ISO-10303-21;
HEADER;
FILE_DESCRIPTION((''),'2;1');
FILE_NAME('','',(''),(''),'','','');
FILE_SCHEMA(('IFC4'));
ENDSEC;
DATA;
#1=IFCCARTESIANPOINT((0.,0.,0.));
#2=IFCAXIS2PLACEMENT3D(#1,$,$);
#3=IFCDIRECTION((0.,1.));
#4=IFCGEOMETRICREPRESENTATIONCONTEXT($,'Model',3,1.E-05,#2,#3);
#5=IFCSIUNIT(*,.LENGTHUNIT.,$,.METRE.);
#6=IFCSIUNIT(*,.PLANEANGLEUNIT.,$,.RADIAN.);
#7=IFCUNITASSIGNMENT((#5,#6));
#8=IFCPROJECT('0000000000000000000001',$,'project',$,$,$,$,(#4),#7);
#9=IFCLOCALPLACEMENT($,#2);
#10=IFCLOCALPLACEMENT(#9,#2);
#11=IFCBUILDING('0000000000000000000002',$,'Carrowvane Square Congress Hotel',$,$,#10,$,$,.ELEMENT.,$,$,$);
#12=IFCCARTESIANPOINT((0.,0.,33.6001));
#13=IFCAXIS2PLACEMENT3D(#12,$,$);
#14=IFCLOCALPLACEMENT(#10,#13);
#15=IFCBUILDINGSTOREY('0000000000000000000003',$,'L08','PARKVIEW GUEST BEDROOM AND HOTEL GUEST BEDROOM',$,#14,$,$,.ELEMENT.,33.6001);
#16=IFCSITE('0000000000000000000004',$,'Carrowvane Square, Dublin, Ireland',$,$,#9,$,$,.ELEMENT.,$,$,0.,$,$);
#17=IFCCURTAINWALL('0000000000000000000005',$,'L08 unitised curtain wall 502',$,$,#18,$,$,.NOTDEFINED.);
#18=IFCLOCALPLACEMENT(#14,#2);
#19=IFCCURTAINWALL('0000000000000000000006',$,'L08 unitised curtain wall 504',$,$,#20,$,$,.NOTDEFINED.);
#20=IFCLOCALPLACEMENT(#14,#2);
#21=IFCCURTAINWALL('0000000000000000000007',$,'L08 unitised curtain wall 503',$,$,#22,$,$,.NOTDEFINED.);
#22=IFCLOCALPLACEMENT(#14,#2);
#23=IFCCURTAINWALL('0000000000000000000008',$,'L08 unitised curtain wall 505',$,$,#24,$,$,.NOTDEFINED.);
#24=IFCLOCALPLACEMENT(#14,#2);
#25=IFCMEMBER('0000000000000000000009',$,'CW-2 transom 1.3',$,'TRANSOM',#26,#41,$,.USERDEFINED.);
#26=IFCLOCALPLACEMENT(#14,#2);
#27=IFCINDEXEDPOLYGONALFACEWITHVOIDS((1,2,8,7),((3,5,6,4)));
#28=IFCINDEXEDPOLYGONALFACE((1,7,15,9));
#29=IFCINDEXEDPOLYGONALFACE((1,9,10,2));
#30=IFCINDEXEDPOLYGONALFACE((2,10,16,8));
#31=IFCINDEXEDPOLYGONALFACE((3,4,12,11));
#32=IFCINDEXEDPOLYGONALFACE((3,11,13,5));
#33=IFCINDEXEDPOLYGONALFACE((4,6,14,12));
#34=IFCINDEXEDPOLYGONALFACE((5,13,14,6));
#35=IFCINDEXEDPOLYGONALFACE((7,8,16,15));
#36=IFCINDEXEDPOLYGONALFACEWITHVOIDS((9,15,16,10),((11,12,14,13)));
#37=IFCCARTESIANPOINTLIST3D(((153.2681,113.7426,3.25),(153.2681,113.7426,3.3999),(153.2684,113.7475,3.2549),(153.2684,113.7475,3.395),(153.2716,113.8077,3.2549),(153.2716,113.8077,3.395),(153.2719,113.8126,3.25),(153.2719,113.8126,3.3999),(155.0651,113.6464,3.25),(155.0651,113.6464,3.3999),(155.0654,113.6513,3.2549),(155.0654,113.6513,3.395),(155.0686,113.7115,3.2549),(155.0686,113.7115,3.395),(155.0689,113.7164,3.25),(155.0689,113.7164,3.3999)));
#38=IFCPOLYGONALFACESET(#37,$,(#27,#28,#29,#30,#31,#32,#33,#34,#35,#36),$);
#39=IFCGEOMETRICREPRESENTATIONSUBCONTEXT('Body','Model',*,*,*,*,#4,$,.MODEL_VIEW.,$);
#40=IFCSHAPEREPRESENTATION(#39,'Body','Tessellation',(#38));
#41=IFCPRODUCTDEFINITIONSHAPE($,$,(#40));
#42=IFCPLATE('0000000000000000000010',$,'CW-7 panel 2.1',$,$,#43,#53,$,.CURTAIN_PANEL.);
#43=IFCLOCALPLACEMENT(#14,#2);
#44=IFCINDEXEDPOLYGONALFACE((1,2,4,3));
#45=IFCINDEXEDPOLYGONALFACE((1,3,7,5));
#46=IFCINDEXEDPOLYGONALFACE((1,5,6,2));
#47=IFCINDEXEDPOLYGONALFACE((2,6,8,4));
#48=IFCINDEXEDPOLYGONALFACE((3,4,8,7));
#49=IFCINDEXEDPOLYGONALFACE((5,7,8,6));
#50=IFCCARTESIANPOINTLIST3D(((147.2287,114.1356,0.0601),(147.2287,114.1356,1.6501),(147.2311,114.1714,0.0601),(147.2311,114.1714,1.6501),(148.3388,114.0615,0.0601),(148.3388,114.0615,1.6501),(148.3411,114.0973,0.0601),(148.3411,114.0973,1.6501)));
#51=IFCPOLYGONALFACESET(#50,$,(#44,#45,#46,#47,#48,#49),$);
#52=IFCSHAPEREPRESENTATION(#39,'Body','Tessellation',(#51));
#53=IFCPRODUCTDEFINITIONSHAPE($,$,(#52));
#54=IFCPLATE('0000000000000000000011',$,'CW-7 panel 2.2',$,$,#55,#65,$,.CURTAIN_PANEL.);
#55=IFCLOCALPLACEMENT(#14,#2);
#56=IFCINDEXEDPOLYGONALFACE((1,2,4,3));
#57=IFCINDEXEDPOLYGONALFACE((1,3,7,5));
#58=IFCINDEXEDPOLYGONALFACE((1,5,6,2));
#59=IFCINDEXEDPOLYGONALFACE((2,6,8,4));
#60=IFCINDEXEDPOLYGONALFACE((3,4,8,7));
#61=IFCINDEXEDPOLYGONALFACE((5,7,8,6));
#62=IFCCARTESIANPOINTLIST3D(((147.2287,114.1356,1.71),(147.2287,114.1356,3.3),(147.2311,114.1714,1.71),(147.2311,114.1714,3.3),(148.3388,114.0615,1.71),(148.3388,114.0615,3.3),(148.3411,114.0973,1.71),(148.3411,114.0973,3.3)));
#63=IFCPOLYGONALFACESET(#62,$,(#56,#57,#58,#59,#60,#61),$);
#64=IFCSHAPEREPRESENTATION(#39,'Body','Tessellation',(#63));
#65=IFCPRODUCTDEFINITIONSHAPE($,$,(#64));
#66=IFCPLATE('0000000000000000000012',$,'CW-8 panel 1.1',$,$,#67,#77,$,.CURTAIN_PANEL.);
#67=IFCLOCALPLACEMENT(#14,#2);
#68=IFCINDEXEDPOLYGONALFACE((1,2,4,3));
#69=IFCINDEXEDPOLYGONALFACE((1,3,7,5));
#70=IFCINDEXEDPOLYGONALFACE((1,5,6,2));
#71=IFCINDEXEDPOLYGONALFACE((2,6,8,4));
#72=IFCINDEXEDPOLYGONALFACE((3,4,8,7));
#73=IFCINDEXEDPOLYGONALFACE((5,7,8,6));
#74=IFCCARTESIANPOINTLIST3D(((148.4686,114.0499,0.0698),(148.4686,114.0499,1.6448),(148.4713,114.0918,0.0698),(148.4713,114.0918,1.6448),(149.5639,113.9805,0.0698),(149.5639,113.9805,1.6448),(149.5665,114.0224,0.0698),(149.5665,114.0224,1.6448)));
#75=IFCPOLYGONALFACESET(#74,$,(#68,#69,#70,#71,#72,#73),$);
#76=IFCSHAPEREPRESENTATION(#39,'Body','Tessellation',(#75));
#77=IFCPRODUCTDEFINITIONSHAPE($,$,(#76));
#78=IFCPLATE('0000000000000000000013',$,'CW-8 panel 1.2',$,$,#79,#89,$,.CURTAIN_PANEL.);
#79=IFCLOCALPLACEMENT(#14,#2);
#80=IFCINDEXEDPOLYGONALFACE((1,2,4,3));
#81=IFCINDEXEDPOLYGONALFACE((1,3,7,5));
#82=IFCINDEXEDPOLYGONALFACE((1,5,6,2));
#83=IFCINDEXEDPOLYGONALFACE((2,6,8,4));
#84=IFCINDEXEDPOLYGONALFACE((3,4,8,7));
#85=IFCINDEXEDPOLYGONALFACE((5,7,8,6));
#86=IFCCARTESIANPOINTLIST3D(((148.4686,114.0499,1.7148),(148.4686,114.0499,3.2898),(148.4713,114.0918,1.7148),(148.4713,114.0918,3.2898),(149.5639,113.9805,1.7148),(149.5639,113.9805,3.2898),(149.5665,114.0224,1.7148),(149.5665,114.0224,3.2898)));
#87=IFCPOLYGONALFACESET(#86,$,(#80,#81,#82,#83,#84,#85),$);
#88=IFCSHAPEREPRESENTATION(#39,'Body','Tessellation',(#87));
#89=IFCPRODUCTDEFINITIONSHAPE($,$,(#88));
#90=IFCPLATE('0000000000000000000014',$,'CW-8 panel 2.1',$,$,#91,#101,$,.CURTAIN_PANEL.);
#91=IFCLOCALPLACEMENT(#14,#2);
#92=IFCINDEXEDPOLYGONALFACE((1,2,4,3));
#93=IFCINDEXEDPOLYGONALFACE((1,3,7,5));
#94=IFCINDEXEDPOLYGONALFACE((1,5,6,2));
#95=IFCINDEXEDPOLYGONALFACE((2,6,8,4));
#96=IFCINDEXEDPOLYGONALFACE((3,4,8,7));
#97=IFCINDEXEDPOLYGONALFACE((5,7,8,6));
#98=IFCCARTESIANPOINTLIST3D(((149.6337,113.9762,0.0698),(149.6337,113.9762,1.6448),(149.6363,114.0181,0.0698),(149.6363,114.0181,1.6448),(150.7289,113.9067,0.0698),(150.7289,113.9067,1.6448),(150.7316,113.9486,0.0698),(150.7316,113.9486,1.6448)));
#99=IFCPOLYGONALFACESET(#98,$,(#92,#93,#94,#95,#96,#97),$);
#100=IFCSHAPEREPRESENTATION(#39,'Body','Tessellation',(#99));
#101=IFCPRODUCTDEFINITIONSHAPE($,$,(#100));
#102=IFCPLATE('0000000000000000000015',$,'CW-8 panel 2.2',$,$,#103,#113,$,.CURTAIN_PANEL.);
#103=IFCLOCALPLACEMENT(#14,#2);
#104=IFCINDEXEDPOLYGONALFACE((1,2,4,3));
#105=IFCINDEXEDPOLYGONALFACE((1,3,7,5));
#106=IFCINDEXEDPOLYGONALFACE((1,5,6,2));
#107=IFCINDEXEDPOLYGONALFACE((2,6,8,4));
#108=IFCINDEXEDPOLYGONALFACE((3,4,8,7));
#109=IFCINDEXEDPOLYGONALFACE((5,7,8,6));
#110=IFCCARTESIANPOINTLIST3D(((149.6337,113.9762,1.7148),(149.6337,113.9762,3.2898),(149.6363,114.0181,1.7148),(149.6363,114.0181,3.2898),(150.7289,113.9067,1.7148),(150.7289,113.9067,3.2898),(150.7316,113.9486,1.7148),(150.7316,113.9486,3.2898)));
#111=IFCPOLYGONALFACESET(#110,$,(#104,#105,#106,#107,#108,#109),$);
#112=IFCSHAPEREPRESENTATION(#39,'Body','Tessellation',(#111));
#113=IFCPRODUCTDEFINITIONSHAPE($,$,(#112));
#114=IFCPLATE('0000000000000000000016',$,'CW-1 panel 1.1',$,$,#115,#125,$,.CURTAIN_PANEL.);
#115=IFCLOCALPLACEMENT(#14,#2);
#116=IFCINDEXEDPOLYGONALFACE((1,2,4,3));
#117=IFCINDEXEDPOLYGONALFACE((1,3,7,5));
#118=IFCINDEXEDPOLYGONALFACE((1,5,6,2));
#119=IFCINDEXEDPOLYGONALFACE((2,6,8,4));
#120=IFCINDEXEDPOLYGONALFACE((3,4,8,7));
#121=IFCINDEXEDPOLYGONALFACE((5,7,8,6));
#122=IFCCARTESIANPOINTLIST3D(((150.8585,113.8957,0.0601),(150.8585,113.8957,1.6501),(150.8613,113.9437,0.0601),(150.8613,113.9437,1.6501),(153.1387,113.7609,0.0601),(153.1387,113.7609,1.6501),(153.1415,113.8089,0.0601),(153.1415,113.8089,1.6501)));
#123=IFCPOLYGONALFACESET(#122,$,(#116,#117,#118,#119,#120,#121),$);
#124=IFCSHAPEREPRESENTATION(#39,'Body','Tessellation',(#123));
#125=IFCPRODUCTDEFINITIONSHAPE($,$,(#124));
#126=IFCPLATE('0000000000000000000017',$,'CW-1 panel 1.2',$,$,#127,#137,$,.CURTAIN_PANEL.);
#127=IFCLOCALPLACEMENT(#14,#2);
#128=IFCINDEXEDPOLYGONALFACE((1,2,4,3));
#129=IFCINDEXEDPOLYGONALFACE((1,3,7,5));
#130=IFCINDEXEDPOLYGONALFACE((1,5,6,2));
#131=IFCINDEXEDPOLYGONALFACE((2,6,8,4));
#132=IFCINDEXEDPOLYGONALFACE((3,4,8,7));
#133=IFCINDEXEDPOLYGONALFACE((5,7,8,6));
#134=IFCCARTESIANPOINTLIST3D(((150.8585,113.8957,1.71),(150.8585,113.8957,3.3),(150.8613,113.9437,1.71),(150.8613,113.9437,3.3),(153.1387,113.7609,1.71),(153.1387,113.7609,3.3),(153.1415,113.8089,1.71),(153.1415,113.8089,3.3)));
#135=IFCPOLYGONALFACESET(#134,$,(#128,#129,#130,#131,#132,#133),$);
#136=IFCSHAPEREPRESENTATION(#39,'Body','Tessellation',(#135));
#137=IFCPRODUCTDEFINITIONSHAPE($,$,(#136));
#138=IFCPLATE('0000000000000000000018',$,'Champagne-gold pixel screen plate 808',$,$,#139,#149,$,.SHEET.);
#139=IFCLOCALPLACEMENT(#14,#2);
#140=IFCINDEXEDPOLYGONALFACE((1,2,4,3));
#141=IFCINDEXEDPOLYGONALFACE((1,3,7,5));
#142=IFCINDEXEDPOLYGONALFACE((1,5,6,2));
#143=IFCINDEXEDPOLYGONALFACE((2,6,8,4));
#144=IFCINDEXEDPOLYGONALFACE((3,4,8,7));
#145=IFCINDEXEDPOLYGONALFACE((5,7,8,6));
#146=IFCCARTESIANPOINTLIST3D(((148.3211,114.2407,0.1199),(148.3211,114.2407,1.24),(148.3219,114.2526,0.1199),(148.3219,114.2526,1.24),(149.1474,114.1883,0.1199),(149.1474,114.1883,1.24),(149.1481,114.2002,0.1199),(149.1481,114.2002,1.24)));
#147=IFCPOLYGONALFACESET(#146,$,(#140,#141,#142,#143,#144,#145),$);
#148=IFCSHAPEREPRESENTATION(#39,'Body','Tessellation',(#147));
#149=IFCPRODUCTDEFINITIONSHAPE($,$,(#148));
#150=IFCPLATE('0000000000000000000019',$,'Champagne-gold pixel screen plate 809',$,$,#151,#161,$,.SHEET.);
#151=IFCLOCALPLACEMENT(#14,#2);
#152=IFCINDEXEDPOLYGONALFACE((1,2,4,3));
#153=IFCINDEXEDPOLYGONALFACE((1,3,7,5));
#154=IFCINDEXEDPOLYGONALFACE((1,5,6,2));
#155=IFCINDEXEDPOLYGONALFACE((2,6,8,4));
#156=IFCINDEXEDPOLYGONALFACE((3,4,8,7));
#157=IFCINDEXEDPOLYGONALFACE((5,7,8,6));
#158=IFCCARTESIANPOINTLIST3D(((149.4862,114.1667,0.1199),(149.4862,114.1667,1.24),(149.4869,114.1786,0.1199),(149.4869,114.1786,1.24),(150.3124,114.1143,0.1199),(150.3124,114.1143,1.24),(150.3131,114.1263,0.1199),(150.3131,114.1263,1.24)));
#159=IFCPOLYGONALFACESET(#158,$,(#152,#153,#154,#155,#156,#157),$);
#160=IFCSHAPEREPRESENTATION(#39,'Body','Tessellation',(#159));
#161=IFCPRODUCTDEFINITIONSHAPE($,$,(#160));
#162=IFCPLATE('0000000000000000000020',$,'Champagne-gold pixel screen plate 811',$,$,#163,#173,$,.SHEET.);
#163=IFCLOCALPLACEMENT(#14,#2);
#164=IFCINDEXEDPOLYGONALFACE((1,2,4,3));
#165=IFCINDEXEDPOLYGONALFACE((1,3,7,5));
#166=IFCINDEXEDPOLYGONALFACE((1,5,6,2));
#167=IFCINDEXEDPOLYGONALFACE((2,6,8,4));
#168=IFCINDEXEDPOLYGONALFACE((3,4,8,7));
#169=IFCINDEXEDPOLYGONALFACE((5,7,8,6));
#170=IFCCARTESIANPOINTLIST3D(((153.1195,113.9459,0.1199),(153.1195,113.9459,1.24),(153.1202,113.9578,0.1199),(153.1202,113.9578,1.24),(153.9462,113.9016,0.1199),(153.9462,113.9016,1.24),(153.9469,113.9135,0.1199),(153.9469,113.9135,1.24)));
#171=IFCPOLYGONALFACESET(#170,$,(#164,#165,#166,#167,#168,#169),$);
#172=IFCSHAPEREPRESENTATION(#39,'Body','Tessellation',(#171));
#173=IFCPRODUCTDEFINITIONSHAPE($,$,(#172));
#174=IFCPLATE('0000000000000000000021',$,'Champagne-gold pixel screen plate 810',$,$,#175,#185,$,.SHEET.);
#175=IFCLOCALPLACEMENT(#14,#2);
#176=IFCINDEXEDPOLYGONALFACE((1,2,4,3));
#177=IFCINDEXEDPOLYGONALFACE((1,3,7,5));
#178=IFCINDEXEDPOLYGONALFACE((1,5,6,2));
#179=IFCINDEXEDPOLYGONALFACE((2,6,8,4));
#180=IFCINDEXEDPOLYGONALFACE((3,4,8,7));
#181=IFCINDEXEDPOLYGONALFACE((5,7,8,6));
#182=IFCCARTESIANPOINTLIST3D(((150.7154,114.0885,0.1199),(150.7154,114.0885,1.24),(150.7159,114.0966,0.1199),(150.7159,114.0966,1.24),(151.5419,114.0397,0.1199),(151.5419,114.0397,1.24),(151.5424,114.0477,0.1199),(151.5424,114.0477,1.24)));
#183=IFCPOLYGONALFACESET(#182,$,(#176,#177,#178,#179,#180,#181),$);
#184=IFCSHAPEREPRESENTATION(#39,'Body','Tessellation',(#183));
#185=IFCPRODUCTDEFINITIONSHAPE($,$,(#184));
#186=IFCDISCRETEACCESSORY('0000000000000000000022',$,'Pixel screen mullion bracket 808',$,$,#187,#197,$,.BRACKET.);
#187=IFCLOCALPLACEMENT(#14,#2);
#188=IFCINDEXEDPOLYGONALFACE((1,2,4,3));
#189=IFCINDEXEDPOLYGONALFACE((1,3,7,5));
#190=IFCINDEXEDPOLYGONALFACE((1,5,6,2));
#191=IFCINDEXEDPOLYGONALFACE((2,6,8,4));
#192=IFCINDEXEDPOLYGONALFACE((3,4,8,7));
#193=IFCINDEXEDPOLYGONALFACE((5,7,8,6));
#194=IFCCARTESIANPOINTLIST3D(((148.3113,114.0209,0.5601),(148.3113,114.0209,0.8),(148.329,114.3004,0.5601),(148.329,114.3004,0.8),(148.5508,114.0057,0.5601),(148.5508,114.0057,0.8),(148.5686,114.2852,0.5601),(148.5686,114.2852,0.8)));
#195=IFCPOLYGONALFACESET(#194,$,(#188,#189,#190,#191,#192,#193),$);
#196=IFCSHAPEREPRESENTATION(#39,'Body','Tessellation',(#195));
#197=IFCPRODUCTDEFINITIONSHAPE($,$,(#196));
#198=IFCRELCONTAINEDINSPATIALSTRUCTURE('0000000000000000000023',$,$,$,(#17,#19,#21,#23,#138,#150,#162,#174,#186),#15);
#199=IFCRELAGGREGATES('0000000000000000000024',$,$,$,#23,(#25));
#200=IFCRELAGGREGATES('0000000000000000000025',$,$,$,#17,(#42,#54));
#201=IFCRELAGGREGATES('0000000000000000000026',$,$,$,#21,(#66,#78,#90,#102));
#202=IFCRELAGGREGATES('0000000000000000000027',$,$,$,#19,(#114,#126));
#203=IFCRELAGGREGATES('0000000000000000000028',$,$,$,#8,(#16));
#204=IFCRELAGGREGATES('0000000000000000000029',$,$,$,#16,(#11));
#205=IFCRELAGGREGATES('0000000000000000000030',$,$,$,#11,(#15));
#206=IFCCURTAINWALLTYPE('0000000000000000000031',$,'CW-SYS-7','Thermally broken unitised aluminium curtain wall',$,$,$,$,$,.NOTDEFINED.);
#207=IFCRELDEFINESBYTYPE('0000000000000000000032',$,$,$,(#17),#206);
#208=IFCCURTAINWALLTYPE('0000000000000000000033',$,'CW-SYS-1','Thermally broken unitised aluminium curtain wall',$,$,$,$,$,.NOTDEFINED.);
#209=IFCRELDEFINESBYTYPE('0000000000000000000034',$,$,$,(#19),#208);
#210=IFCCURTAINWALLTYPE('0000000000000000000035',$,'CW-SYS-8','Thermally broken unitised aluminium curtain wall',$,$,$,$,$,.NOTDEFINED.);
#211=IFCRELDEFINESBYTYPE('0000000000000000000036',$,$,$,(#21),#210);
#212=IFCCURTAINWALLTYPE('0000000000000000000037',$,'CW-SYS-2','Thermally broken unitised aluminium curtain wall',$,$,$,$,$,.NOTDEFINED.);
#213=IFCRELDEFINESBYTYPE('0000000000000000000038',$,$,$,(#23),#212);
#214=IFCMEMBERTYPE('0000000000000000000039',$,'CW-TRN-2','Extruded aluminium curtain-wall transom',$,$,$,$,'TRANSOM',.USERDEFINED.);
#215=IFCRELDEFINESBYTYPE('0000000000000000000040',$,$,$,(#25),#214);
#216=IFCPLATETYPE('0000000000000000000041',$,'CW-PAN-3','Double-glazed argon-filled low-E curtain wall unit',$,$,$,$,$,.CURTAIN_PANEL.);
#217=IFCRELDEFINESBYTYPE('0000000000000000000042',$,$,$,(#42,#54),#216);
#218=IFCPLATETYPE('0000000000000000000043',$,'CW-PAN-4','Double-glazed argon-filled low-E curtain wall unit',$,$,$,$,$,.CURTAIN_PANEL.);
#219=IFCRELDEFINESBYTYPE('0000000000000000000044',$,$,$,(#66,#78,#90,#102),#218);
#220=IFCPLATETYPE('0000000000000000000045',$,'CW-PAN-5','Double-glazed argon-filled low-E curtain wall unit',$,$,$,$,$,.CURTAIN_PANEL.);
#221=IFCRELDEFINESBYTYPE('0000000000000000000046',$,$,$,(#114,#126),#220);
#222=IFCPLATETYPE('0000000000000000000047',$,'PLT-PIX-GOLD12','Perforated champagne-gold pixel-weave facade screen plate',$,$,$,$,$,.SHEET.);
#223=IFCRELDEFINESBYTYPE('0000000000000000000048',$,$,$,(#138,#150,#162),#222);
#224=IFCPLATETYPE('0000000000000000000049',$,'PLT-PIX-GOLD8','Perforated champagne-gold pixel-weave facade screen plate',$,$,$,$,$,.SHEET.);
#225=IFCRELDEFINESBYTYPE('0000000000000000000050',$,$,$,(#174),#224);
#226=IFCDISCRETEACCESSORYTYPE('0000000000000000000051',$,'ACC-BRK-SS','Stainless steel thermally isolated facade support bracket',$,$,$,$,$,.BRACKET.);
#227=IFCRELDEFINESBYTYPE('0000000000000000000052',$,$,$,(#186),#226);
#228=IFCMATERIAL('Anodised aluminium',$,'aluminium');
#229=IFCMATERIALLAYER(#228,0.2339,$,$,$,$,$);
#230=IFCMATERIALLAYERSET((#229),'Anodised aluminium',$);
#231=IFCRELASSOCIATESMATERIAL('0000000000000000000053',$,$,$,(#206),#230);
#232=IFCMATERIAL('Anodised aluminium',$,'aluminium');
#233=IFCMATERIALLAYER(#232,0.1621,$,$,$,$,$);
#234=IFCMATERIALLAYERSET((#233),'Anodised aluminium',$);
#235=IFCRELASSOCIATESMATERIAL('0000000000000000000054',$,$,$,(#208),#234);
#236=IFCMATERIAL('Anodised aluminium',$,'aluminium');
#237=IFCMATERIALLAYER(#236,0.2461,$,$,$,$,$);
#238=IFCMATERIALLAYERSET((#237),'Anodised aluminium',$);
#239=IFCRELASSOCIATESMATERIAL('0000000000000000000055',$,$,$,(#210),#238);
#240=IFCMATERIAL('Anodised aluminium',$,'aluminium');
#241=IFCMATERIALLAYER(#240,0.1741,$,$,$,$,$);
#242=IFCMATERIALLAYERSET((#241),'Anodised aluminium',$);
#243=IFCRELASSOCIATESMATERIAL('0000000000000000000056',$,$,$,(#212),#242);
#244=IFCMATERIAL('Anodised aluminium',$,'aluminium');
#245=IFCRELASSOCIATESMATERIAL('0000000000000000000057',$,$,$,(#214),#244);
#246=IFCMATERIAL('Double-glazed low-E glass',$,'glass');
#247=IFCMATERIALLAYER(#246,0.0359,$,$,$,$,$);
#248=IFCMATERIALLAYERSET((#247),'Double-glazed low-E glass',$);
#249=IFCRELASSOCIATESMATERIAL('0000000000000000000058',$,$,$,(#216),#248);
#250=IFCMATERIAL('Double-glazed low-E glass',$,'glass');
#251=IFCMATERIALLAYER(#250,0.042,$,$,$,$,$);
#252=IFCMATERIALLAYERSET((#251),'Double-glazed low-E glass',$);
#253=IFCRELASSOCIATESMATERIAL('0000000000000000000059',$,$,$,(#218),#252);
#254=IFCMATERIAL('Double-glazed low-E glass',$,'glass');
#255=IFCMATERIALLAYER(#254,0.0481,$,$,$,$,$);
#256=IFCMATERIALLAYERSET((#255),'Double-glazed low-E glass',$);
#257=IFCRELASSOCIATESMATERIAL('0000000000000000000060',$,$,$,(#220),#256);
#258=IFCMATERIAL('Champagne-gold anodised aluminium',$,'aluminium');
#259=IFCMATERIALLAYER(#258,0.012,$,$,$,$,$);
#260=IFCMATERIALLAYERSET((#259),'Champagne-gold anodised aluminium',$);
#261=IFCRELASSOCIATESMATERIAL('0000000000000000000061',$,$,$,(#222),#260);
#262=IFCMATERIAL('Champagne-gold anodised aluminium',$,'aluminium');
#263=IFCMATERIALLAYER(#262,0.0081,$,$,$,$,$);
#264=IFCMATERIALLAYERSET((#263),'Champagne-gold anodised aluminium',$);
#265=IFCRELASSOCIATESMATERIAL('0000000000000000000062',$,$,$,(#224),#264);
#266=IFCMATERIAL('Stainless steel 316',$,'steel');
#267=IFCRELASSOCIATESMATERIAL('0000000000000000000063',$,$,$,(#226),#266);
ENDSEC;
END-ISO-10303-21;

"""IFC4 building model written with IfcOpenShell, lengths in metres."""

from ifc_helpers import new_model, si_unit, direction, frame, origin, origin_2d, place, context, subcontext, project, spatial, rectangle, hollow_rectangle, extrude, material, layer, layer_set, material_profile, profile_set, type_object, element, aggregate, save


model = new_model("IFC4")

# Units and contexts
model_context = context("Model", 3, precision=1e-05, world=origin(), true_north=direction((0.0, 1.0)))
body_context = subcontext(model_context, "Body", "Model", "MODEL_VIEW")
ifc_project = project(units=[si_unit("LENGTHUNIT", "METRE"), si_unit("PLANEANGLEUNIT", "RADIAN")], contexts=[model_context])

# Site, building, storey
site_placement = place(None, origin())
site = spatial("IfcSite", under=ifc_project, at=site_placement, Name="Carrowvane Square, Dublin, Ireland", CompositionType="ELEMENT", RefElevation=0.0)
building_placement = place(site_placement, origin())
building = spatial("IfcBuilding", under=site, at=building_placement, Name="Carrowvane Square Congress Hotel", CompositionType="ELEMENT")
storey_placement = place(building_placement, frame((0.0, 0.0, 33.6001)))
storey = spatial("IfcBuildingStorey", under=building, at=storey_placement, Name="L08", Description="PARKVIEW GUEST BEDROOM AND HOTEL GUEST BEDROOM", CompositionType="ELEMENT", Elevation=33.6001)

# Curtain wall
ifc_material_1 = material(Name="Anodised aluminium", Category="aluminium")
ifc_layer_1 = layer(ifc_material_1, 0.2339)
ifc_layer_set_1 = layer_set([ifc_layer_1], Name="Anodised aluminium")
curtain_wall_type_1 = type_object("IfcCurtainWallType", Name="CW-SYS-7", Description="Thermally broken unitised aluminium curtain wall", PredefinedType="NOTDEFINED", material=ifc_layer_set_1)
curtain_wall_1_placement = place(storey_placement, origin())
curtain_wall_1 = element("IfcCurtainWall", 1, at=curtain_wall_1_placement, inside=storey, type_object=curtain_wall_type_1, Name="L08 unitised curtain wall 502", PredefinedType="NOTDEFINED")

# Curtain walls
ifc_material_2 = material(Name="Anodised aluminium", Category="aluminium")
ifc_layer_2 = layer(ifc_material_2, 0.1621)
ifc_layer_set_2 = layer_set([ifc_layer_2], Name="Anodised aluminium")
curtain_wall_type_2 = type_object("IfcCurtainWallType", Name="CW-SYS-1", Description="Thermally broken unitised aluminium curtain wall", PredefinedType="NOTDEFINED", material=ifc_layer_set_2)
curtain_wall_2_placement = place(storey_placement, origin())
curtain_wall_2 = element("IfcCurtainWall", 2, at=curtain_wall_2_placement, inside=storey, type_object=curtain_wall_type_2, Name="L08 unitised curtain wall 504", PredefinedType="NOTDEFINED")
ifc_material_3 = material(Name="Anodised aluminium", Category="aluminium")
ifc_layer_3 = layer(ifc_material_3, 0.2461)
ifc_layer_set_3 = layer_set([ifc_layer_3], Name="Anodised aluminium")
curtain_wall_type_3 = type_object("IfcCurtainWallType", Name="CW-SYS-8", Description="Thermally broken unitised aluminium curtain wall", PredefinedType="NOTDEFINED", material=ifc_layer_set_3)
curtain_wall_3_placement = place(storey_placement, origin())
curtain_wall_3 = element("IfcCurtainWall", 3, at=curtain_wall_3_placement, inside=storey, type_object=curtain_wall_type_3, Name="L08 unitised curtain wall 503", PredefinedType="NOTDEFINED")

# Curtain wall
ifc_material_4 = material(Name="Anodised aluminium", Category="aluminium")
ifc_layer_4 = layer(ifc_material_4, 0.1741)
ifc_layer_set_4 = layer_set([ifc_layer_4], Name="Anodised aluminium")
curtain_wall_type_4 = type_object("IfcCurtainWallType", Name="CW-SYS-2", Description="Thermally broken unitised aluminium curtain wall", PredefinedType="NOTDEFINED", material=ifc_layer_set_4)
curtain_wall_4_placement = place(storey_placement, origin())
curtain_wall_4 = element("IfcCurtainWall", 4, at=curtain_wall_4_placement, inside=storey, type_object=curtain_wall_type_4, Name="L08 unitised curtain wall 505", PredefinedType="NOTDEFINED")

# Member
ifc_material_5 = material(Name="Anodised aluminium", Category="aluminium")
ifc_material_profile_1 = material_profile(ifc_material_5, hollow_rectangle(XDim=0.0701, YDim=0.1499, WallThickness=0.0049, at=origin_2d()), Name="CW-TR 70x150x5")
ifc_profile_set_1 = profile_set([ifc_material_profile_1], Name="Anodised aluminium")
member_type_1 = type_object("IfcMemberType", Name="CW-TRN-2", Description="Extruded aluminium curtain-wall transom", ElementType="TRANSOM", PredefinedType="USERDEFINED", material=ifc_profile_set_1)
member_1_placement = place(storey_placement, frame((153.27, 113.7776, 3.325), z_axis=(0.99857, -0.053456, 0.0), x_axis=(0.053456, 0.99857, 0.0)))
member_1 = element("IfcMember", 5, at=member_1_placement, type_object=member_type_1, Name="CW-2 transom 1.3", ObjectType="TRANSOM", PredefinedType="USERDEFINED", context=body_context, shape_type="SweptSolid", body=[
    extrude(hollow_rectangle(XDim=0.0701, YDim=0.1499, WallThickness=0.0049, at=origin_2d()), origin(), (0.0, 0.0, 1.0), 1.7996),
])
aggregate(curtain_wall_4, [member_1])

# Plates
ifc_material_6 = material(Name="Double-glazed low-E glass", Category="glass")
ifc_layer_5 = layer(ifc_material_6, 0.0359)
ifc_layer_set_5 = layer_set([ifc_layer_5], Name="Double-glazed low-E glass")
plate_type_1 = type_object("IfcPlateType", Name="CW-PAN-3", Description="Double-glazed argon-filled low-E curtain wall unit", PredefinedType="CURTAIN_PANEL", material=ifc_layer_set_5)
plate_1_placement = place(storey_placement, frame((147.7849, 114.1165, 0.0601), z_axis=(0.0, 0.0, 1.0), x_axis=(0.997781, -0.066574, 0.0)))
plate_1 = element("IfcPlate", 6, at=plate_1_placement, type_object=plate_type_1, Name="CW-7 panel 2.1", PredefinedType="CURTAIN_PANEL", context=body_context, shape_type="SweptSolid", body=[
    extrude(rectangle(XDim=1.1125, YDim=0.0359, at=origin_2d()), origin(), (0.0, 0.0, 1.0), 1.5901),
])
plate_2_placement = place(storey_placement, frame((147.7849, 114.1165, 1.71), z_axis=(0.0, 0.0, 1.0), x_axis=(0.997781, -0.066574, 0.0)))
plate_2 = element("IfcPlate", 7, at=plate_2_placement, type_object=plate_type_1, Name="CW-7 panel 2.2", PredefinedType="CURTAIN_PANEL", context=body_context, shape_type="SweptSolid", body=[
    extrude(rectangle(XDim=1.1125, YDim=0.0359, at=origin_2d()), origin(), (0.0, 0.0, 1.0), 1.5901),
])
aggregate(curtain_wall_1, [plate_1, plate_2])
ifc_material_7 = material(Name="Double-glazed low-E glass", Category="glass")
ifc_layer_6 = layer(ifc_material_7, 0.042)
ifc_layer_set_6 = layer_set([ifc_layer_6], Name="Double-glazed low-E glass")
plate_type_2 = type_object("IfcPlateType", Name="CW-PAN-4", Description="Double-glazed argon-filled low-E curtain wall unit", PredefinedType="CURTAIN_PANEL", material=ifc_layer_set_6)
plate_3_placement = place(storey_placement, frame((149.0176, 114.0361, 0.0698), z_axis=(0.0, 0.0, 1.0), x_axis=(0.997996, -0.063273, 0.0)))
plate_3 = element("IfcPlate", 8, at=plate_3_placement, type_object=plate_type_2, Name="CW-8 panel 1.1", PredefinedType="CURTAIN_PANEL", context=body_context, shape_type="SweptSolid", body=[
    extrude(rectangle(XDim=1.0974, YDim=0.042, at=origin_2d()), origin(), (0.0, 0.0, 1.0), 1.575),
])
plate_4_placement = place(storey_placement, frame((149.0176, 114.0361, 1.7148), z_axis=(0.0, 0.0, 1.0), x_axis=(0.997996, -0.063273, 0.0)))
plate_4 = element("IfcPlate", 9, at=plate_4_placement, type_object=plate_type_2, Name="CW-8 panel 1.2", PredefinedType="CURTAIN_PANEL", context=body_context, shape_type="SweptSolid", body=[
    extrude(rectangle(XDim=1.0974, YDim=0.042, at=origin_2d()), origin(), (0.0, 0.0, 1.0), 1.575),
])
plate_5_placement = place(storey_placement, frame((150.1826, 113.9624, 0.0698), z_axis=(0.0, 0.0, 1.0), x_axis=(0.997996, -0.063273, 0.0)))
plate_5 = element("IfcPlate", 10, at=plate_5_placement, type_object=plate_type_2, Name="CW-8 panel 2.1", PredefinedType="CURTAIN_PANEL", context=body_context, shape_type="SweptSolid", body=[
    extrude(rectangle(XDim=1.0974, YDim=0.042, at=origin_2d()), origin(), (0.0, 0.0, 1.0), 1.575),
])
plate_6_placement = place(storey_placement, frame((150.1826, 113.9624, 1.7148), z_axis=(0.0, 0.0, 1.0), x_axis=(0.997996, -0.063273, 0.0)))
plate_6 = element("IfcPlate", 11, at=plate_6_placement, type_object=plate_type_2, Name="CW-8 panel 2.2", PredefinedType="CURTAIN_PANEL", context=body_context, shape_type="SweptSolid", body=[
    extrude(rectangle(XDim=1.0974, YDim=0.042, at=origin_2d()), origin(), (0.0, 0.0, 1.0), 1.575),
])
aggregate(curtain_wall_3, [plate_3, plate_4, plate_5, plate_6])
ifc_material_8 = material(Name="Double-glazed low-E glass", Category="glass")
ifc_layer_7 = layer(ifc_material_8, 0.0481)
ifc_layer_set_7 = layer_set([ifc_layer_7], Name="Double-glazed low-E glass")
plate_type_3 = type_object("IfcPlateType", Name="CW-PAN-5", Description="Double-glazed argon-filled low-E curtain wall unit", PredefinedType="CURTAIN_PANEL", material=ifc_layer_set_7)
plate_7_placement = place(storey_placement, frame((152.0, 113.8523, 0.0601), z_axis=(0.0, 0.0, 1.0), x_axis=(0.998259, -0.058989, 0.0)))
plate_7 = element("IfcPlate", 12, at=plate_7_placement, type_object=plate_type_3, Name="CW-1 panel 1.1", PredefinedType="CURTAIN_PANEL", context=body_context, shape_type="SweptSolid", body=[
    extrude(rectangle(XDim=2.2842, YDim=0.0481, at=origin_2d()), origin(), (0.0, 0.0, 1.0), 1.5901),
])
plate_8_placement = place(storey_placement, frame((152.0, 113.8523, 1.71), z_axis=(0.0, 0.0, 1.0), x_axis=(0.998259, -0.058989, 0.0)))
plate_8 = element("IfcPlate", 13, at=plate_8_placement, type_object=plate_type_3, Name="CW-1 panel 1.2", PredefinedType="CURTAIN_PANEL", context=body_context, shape_type="SweptSolid", body=[
    extrude(rectangle(XDim=2.2842, YDim=0.0481, at=origin_2d()), origin(), (0.0, 0.0, 1.0), 1.5901),
])
aggregate(curtain_wall_2, [plate_7, plate_8])

# Plates
ifc_material_9 = material(Name="Champagne-gold anodised aluminium", Category="aluminium")
ifc_layer_8 = layer(ifc_material_9, 0.012)
ifc_layer_set_8 = layer_set([ifc_layer_8], Name="Champagne-gold anodised aluminium")
plate_type_4 = type_object("IfcPlateType", Name="PLT-PIX-GOLD12", Description="Perforated champagne-gold pixel-weave facade screen plate", PredefinedType="SHEET", material=ifc_layer_set_8)
for number, where, z_axis, x_axis, name in (
    (14, (148.7346, 114.2205, 0.1199), (0.0, 0.0, 1.0), (0.997996, -0.063277, 0.0), "Champagne-gold pixel screen plate 808"),
    (15, (149.8997, 114.1465, 0.1199), (0.0, 0.0, 1.0), (0.997996, -0.063277, 0.0), "Champagne-gold pixel screen plate 809"),
    (16, (153.5332, 113.9297, 0.1199), (0.0, 0.0, 1.0), (0.998567, -0.053517, 0.0), "Champagne-gold pixel screen plate 811"),
):
    element("IfcPlate", number, at=place(storey_placement, frame(where, z_axis=z_axis, x_axis=x_axis)), inside=storey, type_object=plate_type_4, Name=name, PredefinedType="SHEET", context=body_context, shape_type="SweptSolid", body=[
        extrude(rectangle(XDim=0.8279, YDim=0.012, at=origin_2d()), origin(), (0.0, 0.0, 1.0), 1.1201),
    ])
ifc_material_10 = material(Name="Champagne-gold anodised aluminium", Category="aluminium")
ifc_layer_9 = layer(ifc_material_10, 0.0081)
ifc_layer_set_9 = layer_set([ifc_layer_9], Name="Champagne-gold anodised aluminium")
plate_type_5 = type_object("IfcPlateType", Name="PLT-PIX-GOLD8", Description="Perforated champagne-gold pixel-weave facade screen plate", PredefinedType="SHEET", material=ifc_layer_set_9)
plate_9_placement = place(storey_placement, frame((151.1289, 114.0681, 0.1199), z_axis=(0.0, 0.0, 1.0), x_axis=(0.998259, -0.058985, 0.0)))
element("IfcPlate", 17, at=plate_9_placement, inside=storey, type_object=plate_type_5, Name="Champagne-gold pixel screen plate 810", PredefinedType="SHEET", context=body_context, shape_type="SweptSolid", body=[
    extrude(rectangle(XDim=0.8279, YDim=0.0081, at=origin_2d()), origin(), (0.0, 0.0, 1.0), 1.1201),
])

# Discrete accessory
ifc_material_11 = material(Name="Stainless steel 316", Category="steel")
discrete_accessory_type = type_object("IfcDiscreteAccessoryType", Name="ACC-BRK-SS", Description="Stainless steel thermally isolated facade support bracket", PredefinedType="BRACKET", material=ifc_material_11)
for number, where, z_axis, x_axis, name in (
    (18, (148.4399, 114.1531, 0.5601), (0.0, 0.0, 1.0), (0.997996, -0.063277, 0.0), "Pixel screen mullion bracket 808"),
):
    element("IfcDiscreteAccessory", number, at=place(storey_placement, frame(where, z_axis=z_axis, x_axis=x_axis)), inside=storey, type_object=discrete_accessory_type, Name=name, PredefinedType="BRACKET", context=body_context, shape_type="SweptSolid", body=[
        extrude(rectangle(XDim=0.24, YDim=0.28, at=origin_2d()), origin(), (0.0, 0.0, 1.0), 0.24),
    ])

save(model, "model.ifc")
